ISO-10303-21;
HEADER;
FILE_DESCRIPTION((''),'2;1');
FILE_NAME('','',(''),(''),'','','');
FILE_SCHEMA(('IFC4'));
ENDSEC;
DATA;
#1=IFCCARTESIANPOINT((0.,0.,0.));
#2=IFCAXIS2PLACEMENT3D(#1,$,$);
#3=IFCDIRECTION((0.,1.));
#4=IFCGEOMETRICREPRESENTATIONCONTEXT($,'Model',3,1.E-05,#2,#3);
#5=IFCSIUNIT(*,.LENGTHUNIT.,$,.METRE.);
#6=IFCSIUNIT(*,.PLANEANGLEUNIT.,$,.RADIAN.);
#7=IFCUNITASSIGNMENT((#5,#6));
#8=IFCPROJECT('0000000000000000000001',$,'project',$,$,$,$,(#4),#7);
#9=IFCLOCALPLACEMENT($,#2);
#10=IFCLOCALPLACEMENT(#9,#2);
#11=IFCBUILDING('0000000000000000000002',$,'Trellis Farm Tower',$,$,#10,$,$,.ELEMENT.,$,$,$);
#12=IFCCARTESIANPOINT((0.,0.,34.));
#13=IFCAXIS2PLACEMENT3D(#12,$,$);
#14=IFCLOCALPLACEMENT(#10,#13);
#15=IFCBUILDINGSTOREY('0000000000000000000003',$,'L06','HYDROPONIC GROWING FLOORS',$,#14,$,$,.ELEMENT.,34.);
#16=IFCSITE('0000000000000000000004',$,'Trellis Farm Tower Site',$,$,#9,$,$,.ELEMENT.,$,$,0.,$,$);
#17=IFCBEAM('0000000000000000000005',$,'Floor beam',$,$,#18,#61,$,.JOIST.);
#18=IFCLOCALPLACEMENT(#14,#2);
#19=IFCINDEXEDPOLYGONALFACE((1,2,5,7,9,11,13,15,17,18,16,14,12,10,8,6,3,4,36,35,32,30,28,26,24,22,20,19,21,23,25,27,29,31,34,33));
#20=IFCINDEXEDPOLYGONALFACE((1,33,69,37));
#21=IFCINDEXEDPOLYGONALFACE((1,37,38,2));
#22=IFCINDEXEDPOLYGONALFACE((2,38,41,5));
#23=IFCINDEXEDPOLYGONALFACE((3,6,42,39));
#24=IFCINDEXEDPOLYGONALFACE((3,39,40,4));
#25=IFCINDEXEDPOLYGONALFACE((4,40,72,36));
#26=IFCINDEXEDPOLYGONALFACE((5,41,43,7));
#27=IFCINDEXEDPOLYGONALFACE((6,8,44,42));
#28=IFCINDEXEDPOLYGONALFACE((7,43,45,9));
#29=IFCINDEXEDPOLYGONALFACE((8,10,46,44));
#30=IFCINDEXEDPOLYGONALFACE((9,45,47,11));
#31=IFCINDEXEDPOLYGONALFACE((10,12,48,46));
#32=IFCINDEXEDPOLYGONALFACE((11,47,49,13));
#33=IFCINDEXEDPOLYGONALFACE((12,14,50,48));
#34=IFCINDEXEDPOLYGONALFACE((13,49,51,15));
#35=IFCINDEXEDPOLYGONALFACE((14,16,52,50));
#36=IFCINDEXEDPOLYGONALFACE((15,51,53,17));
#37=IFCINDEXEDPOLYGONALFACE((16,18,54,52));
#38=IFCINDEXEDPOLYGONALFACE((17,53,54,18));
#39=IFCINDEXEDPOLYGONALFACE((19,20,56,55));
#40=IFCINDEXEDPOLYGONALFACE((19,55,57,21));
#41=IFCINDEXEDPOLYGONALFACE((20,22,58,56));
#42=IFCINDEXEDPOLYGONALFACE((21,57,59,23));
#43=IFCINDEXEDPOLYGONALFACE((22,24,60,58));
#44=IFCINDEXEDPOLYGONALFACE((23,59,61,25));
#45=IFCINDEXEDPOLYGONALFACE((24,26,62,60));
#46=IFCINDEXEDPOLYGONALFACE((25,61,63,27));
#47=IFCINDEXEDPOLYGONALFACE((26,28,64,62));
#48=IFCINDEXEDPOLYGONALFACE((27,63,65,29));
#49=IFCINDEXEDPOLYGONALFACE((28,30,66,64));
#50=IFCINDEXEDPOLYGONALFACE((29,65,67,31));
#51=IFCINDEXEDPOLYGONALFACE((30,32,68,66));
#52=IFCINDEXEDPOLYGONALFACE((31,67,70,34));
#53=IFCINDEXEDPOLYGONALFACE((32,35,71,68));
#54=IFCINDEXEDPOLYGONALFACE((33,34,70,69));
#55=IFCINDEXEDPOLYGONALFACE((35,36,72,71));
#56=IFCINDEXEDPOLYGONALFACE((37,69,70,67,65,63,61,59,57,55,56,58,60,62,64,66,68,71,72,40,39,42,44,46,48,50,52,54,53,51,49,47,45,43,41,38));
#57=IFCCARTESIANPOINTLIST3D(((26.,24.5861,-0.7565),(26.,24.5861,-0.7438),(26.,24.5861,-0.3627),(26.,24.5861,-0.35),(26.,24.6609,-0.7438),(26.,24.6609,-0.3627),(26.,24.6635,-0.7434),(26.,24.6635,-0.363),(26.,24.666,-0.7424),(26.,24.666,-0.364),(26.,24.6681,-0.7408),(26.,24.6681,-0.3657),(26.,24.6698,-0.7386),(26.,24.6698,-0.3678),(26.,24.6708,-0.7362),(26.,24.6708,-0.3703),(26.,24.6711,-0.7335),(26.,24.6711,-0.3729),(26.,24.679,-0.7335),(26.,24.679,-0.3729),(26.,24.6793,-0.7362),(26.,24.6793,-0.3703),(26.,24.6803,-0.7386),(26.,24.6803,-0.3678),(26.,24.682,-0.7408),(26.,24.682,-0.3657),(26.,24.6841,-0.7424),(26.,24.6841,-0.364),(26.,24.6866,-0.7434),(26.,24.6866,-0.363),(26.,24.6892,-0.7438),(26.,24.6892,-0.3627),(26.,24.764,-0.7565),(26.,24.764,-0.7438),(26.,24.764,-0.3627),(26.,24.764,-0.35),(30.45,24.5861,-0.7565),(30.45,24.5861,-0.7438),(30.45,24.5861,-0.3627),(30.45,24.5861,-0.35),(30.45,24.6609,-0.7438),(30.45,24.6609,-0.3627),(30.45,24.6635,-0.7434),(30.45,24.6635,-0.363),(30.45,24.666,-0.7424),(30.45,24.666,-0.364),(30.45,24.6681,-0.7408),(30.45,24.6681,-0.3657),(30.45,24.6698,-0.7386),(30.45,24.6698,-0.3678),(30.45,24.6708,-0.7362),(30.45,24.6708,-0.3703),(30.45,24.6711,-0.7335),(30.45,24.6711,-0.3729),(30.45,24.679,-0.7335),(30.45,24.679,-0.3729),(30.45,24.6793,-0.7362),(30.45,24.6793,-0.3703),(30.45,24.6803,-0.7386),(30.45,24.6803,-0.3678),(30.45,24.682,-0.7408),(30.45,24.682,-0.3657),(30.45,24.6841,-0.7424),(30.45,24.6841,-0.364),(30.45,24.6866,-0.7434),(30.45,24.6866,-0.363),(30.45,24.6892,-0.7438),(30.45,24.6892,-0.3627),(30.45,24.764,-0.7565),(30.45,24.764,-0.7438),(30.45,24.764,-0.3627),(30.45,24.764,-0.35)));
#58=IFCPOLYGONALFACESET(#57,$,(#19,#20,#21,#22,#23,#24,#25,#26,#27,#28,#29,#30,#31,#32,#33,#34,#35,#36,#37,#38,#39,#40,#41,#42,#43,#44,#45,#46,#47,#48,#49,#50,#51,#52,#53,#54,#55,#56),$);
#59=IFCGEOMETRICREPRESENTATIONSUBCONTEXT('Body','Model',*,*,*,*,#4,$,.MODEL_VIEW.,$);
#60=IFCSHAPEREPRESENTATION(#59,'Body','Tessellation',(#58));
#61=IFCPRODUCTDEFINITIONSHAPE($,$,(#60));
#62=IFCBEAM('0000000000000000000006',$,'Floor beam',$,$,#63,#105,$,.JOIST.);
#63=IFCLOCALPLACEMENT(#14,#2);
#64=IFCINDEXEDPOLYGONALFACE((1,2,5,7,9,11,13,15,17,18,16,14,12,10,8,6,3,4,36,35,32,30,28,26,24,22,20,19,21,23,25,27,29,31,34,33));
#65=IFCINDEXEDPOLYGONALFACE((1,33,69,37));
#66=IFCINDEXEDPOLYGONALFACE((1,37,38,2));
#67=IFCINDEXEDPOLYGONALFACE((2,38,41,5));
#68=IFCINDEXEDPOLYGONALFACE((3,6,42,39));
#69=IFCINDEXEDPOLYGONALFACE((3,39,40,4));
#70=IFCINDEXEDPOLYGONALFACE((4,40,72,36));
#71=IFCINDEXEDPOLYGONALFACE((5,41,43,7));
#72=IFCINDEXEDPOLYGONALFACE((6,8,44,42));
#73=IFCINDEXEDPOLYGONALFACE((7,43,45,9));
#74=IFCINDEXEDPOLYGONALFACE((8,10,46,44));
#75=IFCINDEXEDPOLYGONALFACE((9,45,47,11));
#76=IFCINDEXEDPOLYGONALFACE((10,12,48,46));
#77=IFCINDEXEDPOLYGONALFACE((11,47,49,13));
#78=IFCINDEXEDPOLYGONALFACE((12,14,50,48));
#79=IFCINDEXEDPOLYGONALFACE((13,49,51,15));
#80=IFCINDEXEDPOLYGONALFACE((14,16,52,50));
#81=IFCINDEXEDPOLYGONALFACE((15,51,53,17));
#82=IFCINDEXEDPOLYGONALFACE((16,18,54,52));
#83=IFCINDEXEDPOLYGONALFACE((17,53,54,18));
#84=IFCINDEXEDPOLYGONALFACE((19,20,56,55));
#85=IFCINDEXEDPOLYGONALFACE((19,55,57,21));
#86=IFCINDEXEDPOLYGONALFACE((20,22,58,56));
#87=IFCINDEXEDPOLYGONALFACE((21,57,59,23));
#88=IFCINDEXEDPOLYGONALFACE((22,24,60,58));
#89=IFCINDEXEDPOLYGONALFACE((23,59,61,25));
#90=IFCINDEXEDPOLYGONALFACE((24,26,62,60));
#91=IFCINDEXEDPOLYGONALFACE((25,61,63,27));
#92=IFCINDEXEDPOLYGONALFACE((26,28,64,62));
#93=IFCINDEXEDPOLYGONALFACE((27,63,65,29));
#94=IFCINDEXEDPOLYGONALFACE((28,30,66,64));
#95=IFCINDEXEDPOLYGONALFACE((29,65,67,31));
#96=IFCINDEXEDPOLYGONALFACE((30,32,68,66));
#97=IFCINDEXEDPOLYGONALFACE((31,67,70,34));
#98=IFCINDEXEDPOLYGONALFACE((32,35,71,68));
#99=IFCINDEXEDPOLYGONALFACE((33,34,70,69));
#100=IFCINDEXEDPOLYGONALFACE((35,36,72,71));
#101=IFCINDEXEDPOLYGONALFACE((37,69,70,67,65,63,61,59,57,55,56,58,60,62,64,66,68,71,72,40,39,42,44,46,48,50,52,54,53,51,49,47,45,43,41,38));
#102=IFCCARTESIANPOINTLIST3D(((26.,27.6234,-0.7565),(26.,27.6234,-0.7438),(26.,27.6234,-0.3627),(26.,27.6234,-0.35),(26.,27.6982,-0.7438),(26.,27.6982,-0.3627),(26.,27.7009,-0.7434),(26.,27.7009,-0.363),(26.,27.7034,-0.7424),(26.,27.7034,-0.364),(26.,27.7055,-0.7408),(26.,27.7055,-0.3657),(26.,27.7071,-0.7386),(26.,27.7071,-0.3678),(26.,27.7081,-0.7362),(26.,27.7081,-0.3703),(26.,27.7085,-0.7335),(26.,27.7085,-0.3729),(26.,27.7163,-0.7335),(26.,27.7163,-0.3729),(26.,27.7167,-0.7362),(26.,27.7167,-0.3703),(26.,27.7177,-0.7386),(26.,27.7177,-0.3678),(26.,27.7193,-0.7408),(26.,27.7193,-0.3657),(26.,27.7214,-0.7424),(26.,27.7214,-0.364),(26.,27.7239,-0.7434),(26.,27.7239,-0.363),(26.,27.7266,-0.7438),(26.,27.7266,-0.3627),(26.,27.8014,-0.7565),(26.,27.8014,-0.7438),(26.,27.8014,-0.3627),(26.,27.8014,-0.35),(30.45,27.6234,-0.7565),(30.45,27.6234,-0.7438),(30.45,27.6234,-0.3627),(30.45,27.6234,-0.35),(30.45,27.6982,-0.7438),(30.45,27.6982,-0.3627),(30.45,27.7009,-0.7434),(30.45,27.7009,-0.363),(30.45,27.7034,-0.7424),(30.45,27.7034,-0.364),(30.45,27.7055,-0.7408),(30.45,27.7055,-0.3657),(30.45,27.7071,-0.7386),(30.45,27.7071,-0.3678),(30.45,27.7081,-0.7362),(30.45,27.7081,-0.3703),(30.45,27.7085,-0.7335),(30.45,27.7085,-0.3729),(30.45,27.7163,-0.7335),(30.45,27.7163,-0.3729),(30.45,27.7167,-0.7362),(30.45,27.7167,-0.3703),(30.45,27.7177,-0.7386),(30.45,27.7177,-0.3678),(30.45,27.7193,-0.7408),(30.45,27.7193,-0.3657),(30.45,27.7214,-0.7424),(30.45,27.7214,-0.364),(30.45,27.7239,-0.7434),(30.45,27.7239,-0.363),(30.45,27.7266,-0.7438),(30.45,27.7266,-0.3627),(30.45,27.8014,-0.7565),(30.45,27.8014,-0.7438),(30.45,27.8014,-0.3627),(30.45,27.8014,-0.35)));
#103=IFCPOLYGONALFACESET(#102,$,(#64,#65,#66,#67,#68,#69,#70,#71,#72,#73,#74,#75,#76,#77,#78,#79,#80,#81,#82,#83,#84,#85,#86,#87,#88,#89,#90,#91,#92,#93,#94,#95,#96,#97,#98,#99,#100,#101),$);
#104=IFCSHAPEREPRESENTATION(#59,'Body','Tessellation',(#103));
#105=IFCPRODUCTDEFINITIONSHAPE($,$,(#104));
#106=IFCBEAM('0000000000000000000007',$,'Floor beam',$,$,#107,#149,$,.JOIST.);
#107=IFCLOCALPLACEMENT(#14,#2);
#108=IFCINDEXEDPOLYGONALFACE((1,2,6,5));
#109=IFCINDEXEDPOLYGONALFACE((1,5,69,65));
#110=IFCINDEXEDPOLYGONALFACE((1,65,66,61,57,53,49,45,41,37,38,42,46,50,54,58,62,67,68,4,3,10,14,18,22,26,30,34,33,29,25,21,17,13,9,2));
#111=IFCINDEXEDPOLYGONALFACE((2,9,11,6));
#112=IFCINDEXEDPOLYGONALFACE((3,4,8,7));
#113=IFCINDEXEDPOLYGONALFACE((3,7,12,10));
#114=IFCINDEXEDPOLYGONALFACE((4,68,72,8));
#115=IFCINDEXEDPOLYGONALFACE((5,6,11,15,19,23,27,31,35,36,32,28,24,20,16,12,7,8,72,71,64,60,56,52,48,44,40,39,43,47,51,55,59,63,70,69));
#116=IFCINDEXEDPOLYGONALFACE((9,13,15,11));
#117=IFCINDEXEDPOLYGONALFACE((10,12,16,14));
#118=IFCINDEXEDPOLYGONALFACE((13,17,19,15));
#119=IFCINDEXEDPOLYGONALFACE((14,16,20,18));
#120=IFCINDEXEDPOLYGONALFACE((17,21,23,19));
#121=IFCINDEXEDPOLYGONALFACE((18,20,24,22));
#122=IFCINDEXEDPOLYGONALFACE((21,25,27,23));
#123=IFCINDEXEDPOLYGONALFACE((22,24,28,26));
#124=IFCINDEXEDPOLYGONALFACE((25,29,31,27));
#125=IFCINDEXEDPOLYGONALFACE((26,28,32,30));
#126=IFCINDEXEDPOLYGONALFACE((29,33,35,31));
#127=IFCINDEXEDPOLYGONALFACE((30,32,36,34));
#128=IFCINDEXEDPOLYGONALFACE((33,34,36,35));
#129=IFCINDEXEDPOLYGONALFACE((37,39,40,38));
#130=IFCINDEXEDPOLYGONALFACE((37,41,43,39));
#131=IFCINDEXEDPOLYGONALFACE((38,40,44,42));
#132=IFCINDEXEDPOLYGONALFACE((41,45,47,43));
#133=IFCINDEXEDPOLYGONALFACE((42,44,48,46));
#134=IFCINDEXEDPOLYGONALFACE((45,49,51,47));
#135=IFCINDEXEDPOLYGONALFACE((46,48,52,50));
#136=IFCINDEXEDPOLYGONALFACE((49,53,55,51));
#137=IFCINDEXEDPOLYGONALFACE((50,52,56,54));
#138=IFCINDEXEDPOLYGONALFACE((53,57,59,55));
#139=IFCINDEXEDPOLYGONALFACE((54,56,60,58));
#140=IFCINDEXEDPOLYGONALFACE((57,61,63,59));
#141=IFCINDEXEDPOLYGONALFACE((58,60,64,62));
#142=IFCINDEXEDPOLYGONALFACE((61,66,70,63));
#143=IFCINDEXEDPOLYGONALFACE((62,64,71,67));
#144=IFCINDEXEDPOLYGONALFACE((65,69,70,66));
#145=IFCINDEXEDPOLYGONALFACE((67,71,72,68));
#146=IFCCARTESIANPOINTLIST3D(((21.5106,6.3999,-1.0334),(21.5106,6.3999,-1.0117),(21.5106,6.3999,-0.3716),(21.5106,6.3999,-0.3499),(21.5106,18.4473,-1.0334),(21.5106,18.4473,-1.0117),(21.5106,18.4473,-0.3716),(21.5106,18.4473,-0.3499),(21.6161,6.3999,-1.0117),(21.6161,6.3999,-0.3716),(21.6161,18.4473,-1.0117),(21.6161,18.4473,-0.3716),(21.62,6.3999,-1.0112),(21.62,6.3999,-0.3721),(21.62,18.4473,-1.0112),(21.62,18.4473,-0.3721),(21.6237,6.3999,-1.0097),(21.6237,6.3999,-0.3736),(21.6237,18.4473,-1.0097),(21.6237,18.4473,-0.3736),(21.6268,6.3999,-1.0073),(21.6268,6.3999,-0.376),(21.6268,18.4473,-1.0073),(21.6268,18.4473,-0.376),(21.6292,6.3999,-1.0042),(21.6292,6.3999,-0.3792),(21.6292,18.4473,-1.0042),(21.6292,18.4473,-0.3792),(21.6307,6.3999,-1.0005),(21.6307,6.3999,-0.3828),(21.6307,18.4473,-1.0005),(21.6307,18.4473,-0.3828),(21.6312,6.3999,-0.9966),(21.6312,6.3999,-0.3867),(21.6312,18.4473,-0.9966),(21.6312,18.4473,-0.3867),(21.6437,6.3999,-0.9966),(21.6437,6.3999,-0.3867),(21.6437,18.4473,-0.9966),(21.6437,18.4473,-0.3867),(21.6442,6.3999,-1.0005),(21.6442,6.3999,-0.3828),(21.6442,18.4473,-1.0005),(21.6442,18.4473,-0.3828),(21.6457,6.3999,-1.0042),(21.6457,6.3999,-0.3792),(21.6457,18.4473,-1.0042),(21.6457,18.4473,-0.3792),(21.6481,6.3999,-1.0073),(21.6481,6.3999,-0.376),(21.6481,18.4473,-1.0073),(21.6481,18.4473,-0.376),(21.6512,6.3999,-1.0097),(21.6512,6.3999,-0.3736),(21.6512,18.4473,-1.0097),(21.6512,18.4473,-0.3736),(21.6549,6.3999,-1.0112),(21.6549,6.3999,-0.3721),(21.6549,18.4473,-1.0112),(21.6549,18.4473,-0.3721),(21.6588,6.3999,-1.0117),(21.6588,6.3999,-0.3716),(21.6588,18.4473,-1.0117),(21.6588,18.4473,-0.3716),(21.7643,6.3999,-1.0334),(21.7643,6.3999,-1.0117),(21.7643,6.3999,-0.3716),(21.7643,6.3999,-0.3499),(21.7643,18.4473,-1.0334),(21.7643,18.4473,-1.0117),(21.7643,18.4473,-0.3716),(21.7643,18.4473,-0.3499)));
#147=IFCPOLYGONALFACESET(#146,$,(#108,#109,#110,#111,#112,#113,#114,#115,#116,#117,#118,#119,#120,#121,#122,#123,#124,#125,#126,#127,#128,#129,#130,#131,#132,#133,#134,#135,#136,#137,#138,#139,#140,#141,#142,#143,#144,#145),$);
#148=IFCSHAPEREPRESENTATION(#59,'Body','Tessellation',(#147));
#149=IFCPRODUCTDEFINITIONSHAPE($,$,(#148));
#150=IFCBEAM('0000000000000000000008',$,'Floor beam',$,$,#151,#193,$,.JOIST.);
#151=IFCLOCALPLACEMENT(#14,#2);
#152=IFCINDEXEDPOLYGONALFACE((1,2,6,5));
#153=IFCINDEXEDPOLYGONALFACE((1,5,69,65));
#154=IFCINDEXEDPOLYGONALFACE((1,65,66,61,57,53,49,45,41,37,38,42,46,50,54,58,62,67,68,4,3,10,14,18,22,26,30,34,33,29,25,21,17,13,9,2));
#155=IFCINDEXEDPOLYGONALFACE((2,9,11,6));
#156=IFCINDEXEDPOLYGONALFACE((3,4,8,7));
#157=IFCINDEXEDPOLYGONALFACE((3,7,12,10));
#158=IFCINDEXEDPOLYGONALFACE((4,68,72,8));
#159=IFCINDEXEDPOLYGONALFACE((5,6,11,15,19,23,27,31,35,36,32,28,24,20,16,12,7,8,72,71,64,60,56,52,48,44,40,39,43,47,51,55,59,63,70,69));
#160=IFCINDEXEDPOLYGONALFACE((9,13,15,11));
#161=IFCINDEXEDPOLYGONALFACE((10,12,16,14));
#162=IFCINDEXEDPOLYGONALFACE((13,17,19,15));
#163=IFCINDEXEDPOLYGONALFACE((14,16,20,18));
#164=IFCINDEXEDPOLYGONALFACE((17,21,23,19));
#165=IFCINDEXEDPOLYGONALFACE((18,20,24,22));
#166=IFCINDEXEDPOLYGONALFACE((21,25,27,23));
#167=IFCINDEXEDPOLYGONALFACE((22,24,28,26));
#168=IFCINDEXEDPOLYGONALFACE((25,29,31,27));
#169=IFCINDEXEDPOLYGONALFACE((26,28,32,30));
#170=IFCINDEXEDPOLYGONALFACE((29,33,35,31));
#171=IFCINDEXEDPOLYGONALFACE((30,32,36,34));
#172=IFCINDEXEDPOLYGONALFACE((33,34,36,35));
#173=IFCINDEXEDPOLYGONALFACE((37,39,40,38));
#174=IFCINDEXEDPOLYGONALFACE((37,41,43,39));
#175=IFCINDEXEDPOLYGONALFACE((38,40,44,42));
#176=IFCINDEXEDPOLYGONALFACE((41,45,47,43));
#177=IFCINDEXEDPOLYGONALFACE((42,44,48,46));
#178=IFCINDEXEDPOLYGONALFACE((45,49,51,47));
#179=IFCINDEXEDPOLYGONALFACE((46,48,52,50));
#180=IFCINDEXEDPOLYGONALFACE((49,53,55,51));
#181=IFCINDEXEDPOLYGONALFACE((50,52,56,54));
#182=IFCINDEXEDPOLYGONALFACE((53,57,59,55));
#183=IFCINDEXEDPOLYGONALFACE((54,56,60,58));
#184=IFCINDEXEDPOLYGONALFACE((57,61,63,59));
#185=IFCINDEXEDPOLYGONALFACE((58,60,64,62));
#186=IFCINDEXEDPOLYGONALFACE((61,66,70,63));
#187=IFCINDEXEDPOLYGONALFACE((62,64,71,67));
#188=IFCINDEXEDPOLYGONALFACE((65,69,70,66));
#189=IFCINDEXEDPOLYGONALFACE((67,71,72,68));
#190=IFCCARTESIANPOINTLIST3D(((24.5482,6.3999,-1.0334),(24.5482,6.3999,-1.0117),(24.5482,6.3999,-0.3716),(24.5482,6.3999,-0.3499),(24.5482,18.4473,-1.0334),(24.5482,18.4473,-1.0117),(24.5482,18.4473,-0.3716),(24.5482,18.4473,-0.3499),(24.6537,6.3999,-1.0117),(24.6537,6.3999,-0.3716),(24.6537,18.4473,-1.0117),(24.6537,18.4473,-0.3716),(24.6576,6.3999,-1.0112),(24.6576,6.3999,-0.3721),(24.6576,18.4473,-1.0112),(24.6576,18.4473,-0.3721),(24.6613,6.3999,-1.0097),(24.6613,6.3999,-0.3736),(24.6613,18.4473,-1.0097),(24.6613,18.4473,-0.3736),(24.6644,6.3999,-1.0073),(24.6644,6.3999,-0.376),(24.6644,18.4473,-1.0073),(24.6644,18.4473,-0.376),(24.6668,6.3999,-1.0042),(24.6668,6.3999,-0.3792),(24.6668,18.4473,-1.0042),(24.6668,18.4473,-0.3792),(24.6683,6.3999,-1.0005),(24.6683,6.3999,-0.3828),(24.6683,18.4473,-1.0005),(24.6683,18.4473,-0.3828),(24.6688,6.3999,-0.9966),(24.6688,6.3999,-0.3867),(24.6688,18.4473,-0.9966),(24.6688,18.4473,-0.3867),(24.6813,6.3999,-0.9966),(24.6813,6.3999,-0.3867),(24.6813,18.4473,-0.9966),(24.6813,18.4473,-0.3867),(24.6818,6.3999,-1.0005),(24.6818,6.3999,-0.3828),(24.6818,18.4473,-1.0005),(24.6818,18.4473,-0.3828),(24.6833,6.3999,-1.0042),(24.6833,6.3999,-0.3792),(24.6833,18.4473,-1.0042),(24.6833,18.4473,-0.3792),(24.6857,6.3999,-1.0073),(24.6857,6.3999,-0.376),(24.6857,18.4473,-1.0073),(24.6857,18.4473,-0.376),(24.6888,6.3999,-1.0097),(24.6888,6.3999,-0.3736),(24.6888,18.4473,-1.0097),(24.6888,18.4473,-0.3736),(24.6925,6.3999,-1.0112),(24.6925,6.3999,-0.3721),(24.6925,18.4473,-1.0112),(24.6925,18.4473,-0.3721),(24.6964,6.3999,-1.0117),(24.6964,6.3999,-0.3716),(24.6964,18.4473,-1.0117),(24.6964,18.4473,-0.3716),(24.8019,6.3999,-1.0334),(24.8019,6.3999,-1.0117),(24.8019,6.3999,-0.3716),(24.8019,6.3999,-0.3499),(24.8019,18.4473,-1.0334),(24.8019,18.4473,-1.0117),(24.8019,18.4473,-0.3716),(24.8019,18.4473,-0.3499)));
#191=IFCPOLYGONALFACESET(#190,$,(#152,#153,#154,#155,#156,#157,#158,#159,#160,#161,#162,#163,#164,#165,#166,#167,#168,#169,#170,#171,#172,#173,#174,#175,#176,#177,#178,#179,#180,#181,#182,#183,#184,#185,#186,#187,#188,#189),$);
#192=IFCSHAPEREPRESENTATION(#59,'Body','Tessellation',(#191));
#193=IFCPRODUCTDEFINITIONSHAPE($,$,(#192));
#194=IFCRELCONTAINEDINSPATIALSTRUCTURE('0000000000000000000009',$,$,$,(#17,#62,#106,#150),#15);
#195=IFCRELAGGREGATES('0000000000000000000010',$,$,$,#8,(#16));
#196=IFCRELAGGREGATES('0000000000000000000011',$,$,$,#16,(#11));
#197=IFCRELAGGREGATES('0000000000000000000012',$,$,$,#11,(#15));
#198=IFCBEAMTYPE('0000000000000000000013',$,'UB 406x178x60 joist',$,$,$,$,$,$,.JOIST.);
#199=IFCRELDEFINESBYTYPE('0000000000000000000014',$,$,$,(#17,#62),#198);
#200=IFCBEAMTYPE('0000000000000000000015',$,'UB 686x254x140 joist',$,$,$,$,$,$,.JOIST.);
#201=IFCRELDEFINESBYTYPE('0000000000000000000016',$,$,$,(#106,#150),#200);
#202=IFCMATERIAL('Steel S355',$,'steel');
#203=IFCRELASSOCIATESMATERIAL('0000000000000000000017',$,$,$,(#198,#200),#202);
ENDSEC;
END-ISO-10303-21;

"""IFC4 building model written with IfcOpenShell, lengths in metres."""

from ifc_helpers import new_model, si_unit, direction, frame, origin, origin_2d, place, context, subcontext, project, spatial, i_section, extrude, source, transform, mapped, material, material_profile, profile_set, type_object, element, save


model = new_model("IFC4")

# Units and contexts
model_context = context("Model", 3, precision=1e-05, world=origin(), true_north=direction((0.0, 1.0)))
body_context = subcontext(model_context, "Body", "Model", "MODEL_VIEW")
ifc_project = project(units=[si_unit("LENGTHUNIT", "METRE"), si_unit("PLANEANGLEUNIT", "RADIAN")], contexts=[model_context])

# Site, building, storey
site_placement = place(None, origin())
site = spatial("IfcSite", under=ifc_project, at=site_placement, Name="Trellis Farm Tower Site", CompositionType="ELEMENT", RefElevation=0.0)
building_placement = place(site_placement, origin())
building = spatial("IfcBuilding", under=site, at=building_placement, Name="Trellis Farm Tower", CompositionType="ELEMENT")
storey_placement = place(building_placement, frame((0.0, 0.0, 34.0)))
storey = spatial("IfcBuildingStorey", under=building, at=storey_placement, Name="L06", Description="HYDROPONIC GROWING FLOORS", CompositionType="ELEMENT", Elevation=34.0)

# Beams
ifc_material_1 = material(Name="Steel S355", Category="steel")
ifc_material_profile_1 = material_profile(ifc_material_1, i_section(OverallWidth=0.178, OverallDepth=0.4065, WebThickness=0.0078, FlangeThickness=0.0127, FilletRadius=0.0103, at=origin_2d()), Name="UB 406x178x60")
ifc_profile_set_1 = profile_set([ifc_material_profile_1], Name="Steel S355")
beam_type_1 = type_object("IfcBeamType", Name="UB 406x178x60 joist", PredefinedType="JOIST", material=ifc_profile_set_1)
shared_shape_1 = source(origin(), body_context, "Body", "SweptSolid", [
    extrude(i_section(OverallWidth=0.178, OverallDepth=0.4065, WebThickness=0.0078, FlangeThickness=0.0127, FilletRadius=0.0103, at=origin_2d()), origin(), (0.0, 0.0, 1.0), 4.45),
])
for number, where, z_axis, x_axis, name in (
    (1, (26.0, 24.675, -0.5532), (1.0, 0.0, 0.0), (0.0, 1.0, 0.0), "Floor beam"),
    (2, (26.0, 27.7124, -0.5532), (1.0, 0.0, 0.0), (0.0, 1.0, 0.0), "Floor beam"),
):
    element("IfcBeam", number, at=place(storey_placement, frame(where, z_axis=z_axis, x_axis=x_axis)), inside=storey, type_object=beam_type_1, Name=name, PredefinedType="JOIST", context=body_context, shape_type="MappedRepresentation", body=[
        mapped(shared_shape_1, transform((0.0, 0.0, 0.0))),
    ])
ifc_material_profile_2 = material_profile(ifc_material_1, i_section(OverallWidth=0.2537, OverallDepth=0.6836, WebThickness=0.0125, FlangeThickness=0.0217, FilletRadius=0.0151, at=origin_2d()), Name="UB 686x254x140")
ifc_profile_set_2 = profile_set([ifc_material_profile_2], Name="Steel S355")
beam_type_2 = type_object("IfcBeamType", Name="UB 686x254x140 joist", PredefinedType="JOIST", material=ifc_profile_set_2)
shared_shape_2 = source(origin(), body_context, "Body", "SweptSolid", [
    extrude(i_section(OverallWidth=0.2537, OverallDepth=0.6836, WebThickness=0.0125, FlangeThickness=0.0217, FilletRadius=0.0151, at=origin_2d()), origin(), (0.0, 0.0, 1.0), 12.0474),
])
for number, where, z_axis, x_axis, name in (
    (3, (21.6375, 6.3999, -0.6917), (0.0, 1.0, 0.0), (-1.0, 0.0, 0.0), "Floor beam"),
    (4, (24.675, 6.3999, -0.6917), (0.0, 1.0, 0.0), (-1.0, 0.0, 0.0), "Floor beam"),
):
    element("IfcBeam", number, at=place(storey_placement, frame(where, z_axis=z_axis, x_axis=x_axis)), inside=storey, type_object=beam_type_2, Name=name, PredefinedType="JOIST", context=body_context, shape_type="MappedRepresentation", body=[
        mapped(shared_shape_2, transform((0.0, 0.0, 0.0))),
    ])

save(model, "model.ifc")
